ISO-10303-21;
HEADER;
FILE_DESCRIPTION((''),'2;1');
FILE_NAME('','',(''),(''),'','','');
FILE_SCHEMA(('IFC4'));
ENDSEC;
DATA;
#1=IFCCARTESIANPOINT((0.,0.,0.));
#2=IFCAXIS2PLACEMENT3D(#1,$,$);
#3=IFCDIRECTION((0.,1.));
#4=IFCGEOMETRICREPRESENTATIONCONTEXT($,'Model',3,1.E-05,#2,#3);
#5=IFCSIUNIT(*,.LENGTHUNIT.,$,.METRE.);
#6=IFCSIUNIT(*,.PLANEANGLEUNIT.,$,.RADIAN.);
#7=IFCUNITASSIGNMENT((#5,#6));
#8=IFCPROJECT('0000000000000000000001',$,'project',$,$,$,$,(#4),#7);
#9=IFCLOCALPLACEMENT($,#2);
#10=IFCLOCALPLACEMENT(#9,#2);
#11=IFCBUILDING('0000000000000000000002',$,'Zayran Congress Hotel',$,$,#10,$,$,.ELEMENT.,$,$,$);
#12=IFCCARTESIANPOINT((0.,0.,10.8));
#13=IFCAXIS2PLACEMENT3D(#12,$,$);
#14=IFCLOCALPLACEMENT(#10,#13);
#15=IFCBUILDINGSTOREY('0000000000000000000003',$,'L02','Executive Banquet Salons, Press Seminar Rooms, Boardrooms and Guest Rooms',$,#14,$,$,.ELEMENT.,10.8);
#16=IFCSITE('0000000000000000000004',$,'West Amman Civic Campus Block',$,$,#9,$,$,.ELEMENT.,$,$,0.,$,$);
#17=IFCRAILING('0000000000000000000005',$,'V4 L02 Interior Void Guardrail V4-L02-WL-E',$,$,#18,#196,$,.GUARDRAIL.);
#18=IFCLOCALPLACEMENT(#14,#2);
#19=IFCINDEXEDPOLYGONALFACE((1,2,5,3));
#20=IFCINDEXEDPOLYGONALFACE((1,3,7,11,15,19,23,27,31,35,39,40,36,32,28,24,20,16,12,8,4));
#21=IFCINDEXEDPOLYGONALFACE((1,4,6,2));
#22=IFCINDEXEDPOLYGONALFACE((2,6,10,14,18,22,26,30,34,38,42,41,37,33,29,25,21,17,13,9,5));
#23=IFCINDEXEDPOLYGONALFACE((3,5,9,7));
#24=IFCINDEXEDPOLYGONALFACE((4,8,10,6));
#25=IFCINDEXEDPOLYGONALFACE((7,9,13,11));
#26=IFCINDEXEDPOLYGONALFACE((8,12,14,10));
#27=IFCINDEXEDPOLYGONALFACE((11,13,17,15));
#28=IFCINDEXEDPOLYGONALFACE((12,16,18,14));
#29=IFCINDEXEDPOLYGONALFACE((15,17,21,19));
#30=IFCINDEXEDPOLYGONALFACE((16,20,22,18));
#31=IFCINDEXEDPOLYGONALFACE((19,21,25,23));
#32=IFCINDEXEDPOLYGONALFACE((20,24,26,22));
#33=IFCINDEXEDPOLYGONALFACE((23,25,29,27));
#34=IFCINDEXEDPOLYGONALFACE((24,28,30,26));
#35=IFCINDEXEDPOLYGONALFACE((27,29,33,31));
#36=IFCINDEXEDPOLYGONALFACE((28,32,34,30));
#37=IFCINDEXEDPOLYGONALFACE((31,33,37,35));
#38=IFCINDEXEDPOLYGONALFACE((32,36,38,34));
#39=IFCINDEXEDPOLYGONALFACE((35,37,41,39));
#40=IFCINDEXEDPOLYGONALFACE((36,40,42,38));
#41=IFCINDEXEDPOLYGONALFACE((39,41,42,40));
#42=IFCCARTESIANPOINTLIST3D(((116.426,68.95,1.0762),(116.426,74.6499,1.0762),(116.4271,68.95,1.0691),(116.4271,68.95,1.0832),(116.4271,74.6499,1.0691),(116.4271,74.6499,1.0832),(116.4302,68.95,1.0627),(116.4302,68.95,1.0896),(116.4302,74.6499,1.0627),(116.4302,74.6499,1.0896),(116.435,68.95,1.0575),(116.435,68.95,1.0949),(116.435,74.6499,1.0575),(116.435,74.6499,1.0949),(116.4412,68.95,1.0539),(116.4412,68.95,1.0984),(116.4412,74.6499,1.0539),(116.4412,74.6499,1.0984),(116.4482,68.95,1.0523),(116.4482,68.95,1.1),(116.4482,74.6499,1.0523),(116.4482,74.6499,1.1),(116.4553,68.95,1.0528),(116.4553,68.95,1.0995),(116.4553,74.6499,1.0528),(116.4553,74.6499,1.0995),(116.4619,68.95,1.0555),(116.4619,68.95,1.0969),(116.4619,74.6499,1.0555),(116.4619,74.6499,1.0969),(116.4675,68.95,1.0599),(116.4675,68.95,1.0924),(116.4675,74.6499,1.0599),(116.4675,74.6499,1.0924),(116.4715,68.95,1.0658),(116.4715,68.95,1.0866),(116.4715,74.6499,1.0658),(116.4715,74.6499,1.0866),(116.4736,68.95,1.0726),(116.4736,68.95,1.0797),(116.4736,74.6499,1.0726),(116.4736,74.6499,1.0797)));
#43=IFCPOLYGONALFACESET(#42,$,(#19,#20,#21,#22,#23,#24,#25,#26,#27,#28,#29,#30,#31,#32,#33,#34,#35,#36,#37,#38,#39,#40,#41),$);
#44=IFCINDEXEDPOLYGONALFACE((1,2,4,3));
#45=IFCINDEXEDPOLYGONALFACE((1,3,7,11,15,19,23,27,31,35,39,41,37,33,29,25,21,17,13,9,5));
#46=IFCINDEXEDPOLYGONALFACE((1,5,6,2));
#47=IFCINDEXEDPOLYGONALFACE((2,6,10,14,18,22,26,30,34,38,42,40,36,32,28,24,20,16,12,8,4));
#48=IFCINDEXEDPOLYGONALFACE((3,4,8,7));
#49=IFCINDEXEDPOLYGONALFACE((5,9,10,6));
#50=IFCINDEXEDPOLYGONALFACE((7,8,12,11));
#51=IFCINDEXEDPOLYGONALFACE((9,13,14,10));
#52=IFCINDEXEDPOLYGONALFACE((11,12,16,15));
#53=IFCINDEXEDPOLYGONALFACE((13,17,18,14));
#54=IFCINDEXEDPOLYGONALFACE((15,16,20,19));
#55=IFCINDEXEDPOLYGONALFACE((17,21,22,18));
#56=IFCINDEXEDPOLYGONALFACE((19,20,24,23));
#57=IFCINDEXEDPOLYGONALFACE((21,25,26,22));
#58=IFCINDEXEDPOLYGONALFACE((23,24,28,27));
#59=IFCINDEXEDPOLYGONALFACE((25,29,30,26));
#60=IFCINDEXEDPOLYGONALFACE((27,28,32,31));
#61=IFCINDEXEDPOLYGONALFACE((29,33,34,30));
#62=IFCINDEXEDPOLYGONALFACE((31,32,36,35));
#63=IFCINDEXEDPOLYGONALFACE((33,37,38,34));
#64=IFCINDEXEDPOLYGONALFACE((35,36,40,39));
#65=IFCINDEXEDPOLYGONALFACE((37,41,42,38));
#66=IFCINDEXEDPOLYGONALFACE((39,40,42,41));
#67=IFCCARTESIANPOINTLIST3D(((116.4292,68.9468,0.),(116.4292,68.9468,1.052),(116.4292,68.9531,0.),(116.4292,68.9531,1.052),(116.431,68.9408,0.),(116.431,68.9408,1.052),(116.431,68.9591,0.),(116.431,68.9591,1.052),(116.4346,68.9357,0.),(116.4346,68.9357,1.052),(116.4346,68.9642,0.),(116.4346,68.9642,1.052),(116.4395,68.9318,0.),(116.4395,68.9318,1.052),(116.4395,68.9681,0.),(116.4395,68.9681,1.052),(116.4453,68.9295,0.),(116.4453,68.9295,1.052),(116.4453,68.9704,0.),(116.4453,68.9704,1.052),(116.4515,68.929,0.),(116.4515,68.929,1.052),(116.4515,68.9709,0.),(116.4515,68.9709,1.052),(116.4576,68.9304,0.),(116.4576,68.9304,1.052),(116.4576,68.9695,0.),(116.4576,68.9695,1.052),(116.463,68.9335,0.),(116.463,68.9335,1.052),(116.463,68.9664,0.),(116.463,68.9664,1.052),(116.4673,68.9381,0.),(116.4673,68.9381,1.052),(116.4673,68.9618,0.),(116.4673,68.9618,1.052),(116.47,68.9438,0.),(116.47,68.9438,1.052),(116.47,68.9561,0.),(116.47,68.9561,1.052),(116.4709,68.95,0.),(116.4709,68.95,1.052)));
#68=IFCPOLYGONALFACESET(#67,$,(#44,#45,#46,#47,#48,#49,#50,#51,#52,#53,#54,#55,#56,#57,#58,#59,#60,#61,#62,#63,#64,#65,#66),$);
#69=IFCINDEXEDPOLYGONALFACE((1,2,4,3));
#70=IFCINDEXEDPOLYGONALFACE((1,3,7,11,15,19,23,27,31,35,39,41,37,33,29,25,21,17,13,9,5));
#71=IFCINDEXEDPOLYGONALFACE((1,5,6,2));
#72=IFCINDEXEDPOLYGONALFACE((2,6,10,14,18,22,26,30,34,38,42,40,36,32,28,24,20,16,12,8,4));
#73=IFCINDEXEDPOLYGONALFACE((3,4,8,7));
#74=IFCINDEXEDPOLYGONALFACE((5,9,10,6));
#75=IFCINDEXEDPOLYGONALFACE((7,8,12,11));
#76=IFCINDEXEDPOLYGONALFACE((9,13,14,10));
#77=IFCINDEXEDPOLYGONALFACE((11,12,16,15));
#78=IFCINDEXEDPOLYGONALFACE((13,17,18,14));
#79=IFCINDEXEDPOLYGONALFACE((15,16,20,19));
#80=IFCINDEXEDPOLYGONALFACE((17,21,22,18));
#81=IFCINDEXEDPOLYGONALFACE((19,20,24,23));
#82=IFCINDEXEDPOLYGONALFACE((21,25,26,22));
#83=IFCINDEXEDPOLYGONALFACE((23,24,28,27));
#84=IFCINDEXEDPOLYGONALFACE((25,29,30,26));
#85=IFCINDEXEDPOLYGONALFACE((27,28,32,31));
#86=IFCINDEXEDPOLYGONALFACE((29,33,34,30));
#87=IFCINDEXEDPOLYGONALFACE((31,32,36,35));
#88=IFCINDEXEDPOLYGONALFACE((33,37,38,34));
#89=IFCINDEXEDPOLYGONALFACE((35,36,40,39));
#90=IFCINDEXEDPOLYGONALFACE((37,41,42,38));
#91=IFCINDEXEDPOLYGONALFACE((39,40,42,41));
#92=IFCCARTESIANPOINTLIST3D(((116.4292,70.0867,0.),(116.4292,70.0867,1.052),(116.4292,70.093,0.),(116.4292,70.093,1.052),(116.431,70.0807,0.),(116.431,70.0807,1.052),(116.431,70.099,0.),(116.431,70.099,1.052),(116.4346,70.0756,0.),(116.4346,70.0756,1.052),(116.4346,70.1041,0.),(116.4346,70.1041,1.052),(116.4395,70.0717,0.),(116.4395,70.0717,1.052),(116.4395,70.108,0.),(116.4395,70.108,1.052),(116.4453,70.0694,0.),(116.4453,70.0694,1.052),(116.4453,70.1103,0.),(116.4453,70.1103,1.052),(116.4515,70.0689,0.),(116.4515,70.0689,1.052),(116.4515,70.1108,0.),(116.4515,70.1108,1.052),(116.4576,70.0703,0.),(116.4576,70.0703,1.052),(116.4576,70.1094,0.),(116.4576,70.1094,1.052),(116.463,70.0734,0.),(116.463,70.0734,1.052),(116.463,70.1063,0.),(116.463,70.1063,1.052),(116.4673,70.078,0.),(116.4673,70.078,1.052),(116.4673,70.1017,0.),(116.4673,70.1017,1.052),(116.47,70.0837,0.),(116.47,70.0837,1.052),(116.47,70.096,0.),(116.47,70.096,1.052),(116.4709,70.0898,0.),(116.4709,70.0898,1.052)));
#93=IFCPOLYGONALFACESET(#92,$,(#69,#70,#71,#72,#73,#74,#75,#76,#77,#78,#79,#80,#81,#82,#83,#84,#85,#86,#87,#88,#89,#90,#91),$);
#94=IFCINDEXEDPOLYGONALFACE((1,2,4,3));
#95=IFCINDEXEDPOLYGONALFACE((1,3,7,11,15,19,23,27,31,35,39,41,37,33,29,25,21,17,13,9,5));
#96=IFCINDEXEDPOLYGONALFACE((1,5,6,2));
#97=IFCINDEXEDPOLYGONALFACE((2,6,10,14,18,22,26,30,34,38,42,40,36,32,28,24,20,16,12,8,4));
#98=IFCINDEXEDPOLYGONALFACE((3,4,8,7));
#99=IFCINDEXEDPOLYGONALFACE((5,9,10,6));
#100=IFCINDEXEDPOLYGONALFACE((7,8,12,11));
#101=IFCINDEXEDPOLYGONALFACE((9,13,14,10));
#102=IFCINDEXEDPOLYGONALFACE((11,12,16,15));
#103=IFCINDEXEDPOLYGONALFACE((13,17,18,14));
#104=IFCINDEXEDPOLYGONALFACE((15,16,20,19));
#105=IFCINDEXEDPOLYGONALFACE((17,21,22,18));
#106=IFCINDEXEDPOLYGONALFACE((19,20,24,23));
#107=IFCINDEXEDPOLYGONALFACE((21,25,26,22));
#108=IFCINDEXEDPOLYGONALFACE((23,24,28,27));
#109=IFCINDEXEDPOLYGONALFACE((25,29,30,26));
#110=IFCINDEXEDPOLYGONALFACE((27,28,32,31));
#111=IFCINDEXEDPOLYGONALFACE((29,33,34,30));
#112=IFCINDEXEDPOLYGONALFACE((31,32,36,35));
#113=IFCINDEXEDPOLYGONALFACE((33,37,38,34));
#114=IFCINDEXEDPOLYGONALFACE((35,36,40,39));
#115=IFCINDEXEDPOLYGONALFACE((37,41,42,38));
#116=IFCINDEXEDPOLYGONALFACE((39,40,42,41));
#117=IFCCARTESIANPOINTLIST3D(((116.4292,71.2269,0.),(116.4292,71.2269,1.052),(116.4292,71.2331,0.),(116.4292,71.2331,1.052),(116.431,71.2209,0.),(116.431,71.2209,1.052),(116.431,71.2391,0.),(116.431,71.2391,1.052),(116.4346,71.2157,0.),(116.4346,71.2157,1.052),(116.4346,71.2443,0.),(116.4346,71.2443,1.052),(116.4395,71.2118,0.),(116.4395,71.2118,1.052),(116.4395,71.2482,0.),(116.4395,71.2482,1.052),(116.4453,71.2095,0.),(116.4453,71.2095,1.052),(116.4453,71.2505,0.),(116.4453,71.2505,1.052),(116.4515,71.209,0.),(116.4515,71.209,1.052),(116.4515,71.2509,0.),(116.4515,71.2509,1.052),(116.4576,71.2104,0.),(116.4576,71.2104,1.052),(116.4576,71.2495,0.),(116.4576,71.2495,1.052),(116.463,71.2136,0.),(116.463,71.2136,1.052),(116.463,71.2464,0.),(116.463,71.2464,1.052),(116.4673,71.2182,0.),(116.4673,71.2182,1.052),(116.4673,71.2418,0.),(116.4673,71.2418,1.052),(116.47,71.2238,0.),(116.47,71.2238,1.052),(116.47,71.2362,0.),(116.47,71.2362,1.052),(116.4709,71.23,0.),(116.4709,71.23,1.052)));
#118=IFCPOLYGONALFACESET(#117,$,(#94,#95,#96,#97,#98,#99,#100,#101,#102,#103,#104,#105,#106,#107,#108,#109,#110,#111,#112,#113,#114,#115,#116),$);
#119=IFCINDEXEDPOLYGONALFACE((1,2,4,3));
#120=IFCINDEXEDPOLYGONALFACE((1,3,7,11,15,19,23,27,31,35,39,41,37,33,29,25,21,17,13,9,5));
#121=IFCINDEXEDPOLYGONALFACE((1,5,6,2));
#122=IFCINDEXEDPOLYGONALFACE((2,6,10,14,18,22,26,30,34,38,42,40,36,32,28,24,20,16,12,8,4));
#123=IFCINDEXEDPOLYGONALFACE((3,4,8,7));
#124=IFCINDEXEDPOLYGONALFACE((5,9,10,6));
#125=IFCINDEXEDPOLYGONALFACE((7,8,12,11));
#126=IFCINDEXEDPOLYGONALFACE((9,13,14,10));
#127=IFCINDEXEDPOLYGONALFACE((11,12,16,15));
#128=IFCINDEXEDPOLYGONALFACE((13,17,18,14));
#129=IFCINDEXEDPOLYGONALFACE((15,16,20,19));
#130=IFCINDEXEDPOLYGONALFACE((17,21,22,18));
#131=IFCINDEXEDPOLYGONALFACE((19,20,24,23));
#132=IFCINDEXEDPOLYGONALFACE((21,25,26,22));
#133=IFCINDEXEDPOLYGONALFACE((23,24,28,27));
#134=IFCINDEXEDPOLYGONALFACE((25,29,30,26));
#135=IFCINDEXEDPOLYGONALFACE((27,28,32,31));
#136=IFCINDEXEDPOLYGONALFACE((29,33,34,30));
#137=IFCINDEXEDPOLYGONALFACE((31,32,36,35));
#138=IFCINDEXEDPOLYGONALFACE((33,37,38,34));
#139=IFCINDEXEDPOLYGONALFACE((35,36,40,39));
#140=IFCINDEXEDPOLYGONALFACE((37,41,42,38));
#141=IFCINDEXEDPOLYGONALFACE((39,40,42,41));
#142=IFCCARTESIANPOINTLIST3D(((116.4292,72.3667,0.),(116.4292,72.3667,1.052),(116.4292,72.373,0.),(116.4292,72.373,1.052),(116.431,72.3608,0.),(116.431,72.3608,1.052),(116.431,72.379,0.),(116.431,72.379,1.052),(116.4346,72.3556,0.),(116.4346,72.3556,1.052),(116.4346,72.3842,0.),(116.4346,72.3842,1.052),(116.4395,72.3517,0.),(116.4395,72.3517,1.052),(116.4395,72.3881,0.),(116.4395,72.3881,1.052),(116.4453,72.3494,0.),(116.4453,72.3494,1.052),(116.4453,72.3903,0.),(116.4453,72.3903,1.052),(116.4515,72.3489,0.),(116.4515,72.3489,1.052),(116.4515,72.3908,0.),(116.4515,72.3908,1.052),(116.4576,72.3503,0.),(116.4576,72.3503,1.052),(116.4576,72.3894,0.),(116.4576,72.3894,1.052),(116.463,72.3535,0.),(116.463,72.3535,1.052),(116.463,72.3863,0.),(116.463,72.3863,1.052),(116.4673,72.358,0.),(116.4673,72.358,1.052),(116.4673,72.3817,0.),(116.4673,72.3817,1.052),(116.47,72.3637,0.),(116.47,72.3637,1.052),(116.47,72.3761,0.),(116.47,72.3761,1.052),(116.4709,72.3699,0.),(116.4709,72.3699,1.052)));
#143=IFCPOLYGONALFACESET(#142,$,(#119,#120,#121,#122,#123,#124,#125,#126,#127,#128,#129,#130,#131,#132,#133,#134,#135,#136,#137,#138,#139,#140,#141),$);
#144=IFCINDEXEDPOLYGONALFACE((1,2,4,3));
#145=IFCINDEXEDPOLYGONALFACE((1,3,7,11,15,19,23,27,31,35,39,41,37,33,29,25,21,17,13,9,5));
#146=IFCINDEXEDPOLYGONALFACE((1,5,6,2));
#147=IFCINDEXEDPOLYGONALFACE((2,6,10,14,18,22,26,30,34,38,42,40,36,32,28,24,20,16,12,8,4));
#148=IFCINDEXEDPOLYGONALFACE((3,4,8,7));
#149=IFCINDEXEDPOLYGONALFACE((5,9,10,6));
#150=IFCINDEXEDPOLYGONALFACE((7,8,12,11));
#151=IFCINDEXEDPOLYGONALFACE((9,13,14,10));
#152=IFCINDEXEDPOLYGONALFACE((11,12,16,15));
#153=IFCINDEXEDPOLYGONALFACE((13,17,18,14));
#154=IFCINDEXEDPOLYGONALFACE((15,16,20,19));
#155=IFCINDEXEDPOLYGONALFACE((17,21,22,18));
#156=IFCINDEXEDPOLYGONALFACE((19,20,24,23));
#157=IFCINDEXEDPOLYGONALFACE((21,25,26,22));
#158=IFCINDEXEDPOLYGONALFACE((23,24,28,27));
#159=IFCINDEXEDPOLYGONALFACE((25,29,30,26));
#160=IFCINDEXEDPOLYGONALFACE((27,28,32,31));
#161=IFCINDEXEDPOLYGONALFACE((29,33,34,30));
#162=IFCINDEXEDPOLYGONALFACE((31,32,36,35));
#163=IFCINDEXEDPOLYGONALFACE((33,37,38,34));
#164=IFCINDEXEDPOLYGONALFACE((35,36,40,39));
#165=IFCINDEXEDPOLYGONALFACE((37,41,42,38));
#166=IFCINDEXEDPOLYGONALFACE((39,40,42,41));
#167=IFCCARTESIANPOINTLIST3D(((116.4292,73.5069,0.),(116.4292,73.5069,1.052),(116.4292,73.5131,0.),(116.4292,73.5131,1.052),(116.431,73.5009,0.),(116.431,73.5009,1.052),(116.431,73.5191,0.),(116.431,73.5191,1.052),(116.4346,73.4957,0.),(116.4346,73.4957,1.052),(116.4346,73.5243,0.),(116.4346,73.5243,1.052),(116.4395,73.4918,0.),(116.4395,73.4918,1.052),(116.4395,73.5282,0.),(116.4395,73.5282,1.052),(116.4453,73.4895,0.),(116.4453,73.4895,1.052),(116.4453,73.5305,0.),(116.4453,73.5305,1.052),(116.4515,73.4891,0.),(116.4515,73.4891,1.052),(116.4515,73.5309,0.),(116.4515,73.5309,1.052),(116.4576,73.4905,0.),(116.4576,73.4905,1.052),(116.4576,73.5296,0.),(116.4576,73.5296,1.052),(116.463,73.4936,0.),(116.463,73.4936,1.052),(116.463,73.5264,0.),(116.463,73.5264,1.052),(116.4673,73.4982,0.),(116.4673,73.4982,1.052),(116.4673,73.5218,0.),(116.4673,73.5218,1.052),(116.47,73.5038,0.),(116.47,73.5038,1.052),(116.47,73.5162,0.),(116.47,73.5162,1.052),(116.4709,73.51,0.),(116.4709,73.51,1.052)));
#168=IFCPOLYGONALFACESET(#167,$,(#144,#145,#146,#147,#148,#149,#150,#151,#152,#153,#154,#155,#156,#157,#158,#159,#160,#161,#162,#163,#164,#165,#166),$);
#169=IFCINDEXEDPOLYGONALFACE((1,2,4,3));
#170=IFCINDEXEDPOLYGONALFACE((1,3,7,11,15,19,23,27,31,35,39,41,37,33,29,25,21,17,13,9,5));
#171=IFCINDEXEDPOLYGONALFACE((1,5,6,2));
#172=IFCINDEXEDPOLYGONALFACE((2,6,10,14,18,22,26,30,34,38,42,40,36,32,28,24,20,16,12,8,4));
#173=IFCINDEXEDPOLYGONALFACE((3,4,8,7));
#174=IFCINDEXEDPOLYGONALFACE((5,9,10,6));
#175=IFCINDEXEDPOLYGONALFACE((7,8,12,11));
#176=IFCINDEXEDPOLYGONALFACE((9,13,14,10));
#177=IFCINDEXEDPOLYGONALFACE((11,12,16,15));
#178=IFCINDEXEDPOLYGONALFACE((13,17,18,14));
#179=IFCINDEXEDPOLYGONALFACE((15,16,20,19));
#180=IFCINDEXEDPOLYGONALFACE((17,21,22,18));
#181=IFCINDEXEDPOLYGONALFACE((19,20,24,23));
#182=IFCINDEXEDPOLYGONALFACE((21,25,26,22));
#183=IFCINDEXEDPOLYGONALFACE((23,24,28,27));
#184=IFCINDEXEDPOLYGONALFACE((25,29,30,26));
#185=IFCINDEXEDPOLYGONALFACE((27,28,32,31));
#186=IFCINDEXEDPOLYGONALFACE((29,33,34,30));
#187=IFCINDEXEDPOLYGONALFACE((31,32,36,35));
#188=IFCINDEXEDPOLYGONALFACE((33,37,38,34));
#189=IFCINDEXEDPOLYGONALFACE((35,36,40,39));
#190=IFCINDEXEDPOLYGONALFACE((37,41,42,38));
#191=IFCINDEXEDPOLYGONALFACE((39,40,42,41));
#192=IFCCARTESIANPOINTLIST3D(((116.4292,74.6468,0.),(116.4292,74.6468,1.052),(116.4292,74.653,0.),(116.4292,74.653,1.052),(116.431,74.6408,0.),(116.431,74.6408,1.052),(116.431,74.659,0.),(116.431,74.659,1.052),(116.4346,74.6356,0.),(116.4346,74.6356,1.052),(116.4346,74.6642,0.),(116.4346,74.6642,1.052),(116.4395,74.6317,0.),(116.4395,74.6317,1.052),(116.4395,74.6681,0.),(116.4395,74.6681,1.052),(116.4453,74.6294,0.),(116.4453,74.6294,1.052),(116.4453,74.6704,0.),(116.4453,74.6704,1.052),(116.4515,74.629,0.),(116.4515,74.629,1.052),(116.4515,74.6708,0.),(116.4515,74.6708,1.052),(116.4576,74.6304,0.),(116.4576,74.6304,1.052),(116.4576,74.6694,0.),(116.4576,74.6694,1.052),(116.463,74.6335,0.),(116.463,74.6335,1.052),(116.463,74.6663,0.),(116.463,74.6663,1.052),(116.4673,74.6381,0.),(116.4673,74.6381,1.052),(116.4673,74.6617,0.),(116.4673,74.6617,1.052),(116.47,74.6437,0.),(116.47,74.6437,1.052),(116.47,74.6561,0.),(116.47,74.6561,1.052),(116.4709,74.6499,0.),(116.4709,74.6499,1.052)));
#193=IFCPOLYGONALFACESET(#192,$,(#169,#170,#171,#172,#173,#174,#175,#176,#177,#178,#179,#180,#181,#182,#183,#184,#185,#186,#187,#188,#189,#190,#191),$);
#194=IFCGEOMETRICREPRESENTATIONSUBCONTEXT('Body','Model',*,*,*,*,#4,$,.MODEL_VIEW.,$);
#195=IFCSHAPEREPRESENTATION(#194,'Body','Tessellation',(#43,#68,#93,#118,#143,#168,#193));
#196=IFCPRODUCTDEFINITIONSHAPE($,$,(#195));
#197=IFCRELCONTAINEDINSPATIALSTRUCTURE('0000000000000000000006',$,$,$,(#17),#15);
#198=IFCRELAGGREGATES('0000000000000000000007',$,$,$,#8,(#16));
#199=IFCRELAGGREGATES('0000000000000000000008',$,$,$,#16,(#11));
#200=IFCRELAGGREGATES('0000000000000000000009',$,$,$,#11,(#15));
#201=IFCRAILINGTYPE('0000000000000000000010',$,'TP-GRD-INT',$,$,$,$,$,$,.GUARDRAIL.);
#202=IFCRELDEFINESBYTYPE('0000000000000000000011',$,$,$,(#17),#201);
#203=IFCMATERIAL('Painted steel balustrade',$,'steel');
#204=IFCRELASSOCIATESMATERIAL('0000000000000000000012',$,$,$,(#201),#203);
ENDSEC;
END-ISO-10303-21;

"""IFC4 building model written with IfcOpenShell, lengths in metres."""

from ifc_helpers import new_model, si_unit, direction, frame, origin, origin_2d, place, context, subcontext, project, spatial, circle, extrude, material, type_object, element, save


model = new_model("IFC4")

# Units and contexts
model_context = context("Model", 3, precision=1e-05, world=origin(), true_north=direction((0.0, 1.0)))
body_context = subcontext(model_context, "Body", "Model", "MODEL_VIEW")
ifc_project = project(units=[si_unit("LENGTHUNIT", "METRE"), si_unit("PLANEANGLEUNIT", "RADIAN")], contexts=[model_context])

# Site, building, storey
site_placement = place(None, origin())
site = spatial("IfcSite", under=ifc_project, at=site_placement, Name="West Amman Civic Campus Block", CompositionType="ELEMENT", RefElevation=0.0)
building_placement = place(site_placement, origin())
building = spatial("IfcBuilding", under=site, at=building_placement, Name="Zayran Congress Hotel", CompositionType="ELEMENT")
storey_placement = place(building_placement, frame((0.0, 0.0, 10.8)))
storey = spatial("IfcBuildingStorey", under=building, at=storey_placement, Name="L02", Description="Executive Banquet Salons, Press Seminar Rooms, Boardrooms and Guest Rooms", CompositionType="ELEMENT", Elevation=10.8)

# Railing
ifc_material_1 = material(Name="Painted steel balustrade", Category="steel")
railing_type = type_object("IfcRailingType", Name="TP-GRD-INT", PredefinedType="GUARDRAIL", material=ifc_material_1)
railing_1_placement = place(storey_placement, frame((116.45, 68.95, 0.0)))
element("IfcRailing", 1, at=railing_1_placement, inside=storey, type_object=railing_type, Name="V4 L02 Interior Void Guardrail V4-L02-WL-E", PredefinedType="GUARDRAIL", context=body_context, shape_type="SweptSolid", body=[
    extrude(circle(Radius=0.0239, at=origin_2d()), frame((0.0, 0.0, 1.0762), z_axis=(0.0, 1.0, 0.0), x_axis=(-1.0, 0.0, 0.0)), (0.0, 0.0, 1.0), 5.7),
    extrude(circle(Radius=0.021, at=origin_2d()), origin(), (0.0, 0.0, 1.0), 1.052),
    extrude(circle(Radius=0.021, at=origin_2d()), frame((0.0, 1.1399, 0.0)), (0.0, 0.0, 1.0), 1.052),
    extrude(circle(Radius=0.021, at=origin_2d()), frame((0.0, 2.28, 0.0)), (0.0, 0.0, 1.0), 1.052),
    extrude(circle(Radius=0.021, at=origin_2d()), frame((0.0, 3.4199, 0.0)), (0.0, 0.0, 1.0), 1.052),
    extrude(circle(Radius=0.021, at=origin_2d()), frame((0.0, 4.5601, 0.0)), (0.0, 0.0, 1.0), 1.052),
    extrude(circle(Radius=0.021, at=origin_2d()), frame((0.0, 5.7, 0.0)), (0.0, 0.0, 1.0), 1.052),
])

save(model, "model.ifc")
